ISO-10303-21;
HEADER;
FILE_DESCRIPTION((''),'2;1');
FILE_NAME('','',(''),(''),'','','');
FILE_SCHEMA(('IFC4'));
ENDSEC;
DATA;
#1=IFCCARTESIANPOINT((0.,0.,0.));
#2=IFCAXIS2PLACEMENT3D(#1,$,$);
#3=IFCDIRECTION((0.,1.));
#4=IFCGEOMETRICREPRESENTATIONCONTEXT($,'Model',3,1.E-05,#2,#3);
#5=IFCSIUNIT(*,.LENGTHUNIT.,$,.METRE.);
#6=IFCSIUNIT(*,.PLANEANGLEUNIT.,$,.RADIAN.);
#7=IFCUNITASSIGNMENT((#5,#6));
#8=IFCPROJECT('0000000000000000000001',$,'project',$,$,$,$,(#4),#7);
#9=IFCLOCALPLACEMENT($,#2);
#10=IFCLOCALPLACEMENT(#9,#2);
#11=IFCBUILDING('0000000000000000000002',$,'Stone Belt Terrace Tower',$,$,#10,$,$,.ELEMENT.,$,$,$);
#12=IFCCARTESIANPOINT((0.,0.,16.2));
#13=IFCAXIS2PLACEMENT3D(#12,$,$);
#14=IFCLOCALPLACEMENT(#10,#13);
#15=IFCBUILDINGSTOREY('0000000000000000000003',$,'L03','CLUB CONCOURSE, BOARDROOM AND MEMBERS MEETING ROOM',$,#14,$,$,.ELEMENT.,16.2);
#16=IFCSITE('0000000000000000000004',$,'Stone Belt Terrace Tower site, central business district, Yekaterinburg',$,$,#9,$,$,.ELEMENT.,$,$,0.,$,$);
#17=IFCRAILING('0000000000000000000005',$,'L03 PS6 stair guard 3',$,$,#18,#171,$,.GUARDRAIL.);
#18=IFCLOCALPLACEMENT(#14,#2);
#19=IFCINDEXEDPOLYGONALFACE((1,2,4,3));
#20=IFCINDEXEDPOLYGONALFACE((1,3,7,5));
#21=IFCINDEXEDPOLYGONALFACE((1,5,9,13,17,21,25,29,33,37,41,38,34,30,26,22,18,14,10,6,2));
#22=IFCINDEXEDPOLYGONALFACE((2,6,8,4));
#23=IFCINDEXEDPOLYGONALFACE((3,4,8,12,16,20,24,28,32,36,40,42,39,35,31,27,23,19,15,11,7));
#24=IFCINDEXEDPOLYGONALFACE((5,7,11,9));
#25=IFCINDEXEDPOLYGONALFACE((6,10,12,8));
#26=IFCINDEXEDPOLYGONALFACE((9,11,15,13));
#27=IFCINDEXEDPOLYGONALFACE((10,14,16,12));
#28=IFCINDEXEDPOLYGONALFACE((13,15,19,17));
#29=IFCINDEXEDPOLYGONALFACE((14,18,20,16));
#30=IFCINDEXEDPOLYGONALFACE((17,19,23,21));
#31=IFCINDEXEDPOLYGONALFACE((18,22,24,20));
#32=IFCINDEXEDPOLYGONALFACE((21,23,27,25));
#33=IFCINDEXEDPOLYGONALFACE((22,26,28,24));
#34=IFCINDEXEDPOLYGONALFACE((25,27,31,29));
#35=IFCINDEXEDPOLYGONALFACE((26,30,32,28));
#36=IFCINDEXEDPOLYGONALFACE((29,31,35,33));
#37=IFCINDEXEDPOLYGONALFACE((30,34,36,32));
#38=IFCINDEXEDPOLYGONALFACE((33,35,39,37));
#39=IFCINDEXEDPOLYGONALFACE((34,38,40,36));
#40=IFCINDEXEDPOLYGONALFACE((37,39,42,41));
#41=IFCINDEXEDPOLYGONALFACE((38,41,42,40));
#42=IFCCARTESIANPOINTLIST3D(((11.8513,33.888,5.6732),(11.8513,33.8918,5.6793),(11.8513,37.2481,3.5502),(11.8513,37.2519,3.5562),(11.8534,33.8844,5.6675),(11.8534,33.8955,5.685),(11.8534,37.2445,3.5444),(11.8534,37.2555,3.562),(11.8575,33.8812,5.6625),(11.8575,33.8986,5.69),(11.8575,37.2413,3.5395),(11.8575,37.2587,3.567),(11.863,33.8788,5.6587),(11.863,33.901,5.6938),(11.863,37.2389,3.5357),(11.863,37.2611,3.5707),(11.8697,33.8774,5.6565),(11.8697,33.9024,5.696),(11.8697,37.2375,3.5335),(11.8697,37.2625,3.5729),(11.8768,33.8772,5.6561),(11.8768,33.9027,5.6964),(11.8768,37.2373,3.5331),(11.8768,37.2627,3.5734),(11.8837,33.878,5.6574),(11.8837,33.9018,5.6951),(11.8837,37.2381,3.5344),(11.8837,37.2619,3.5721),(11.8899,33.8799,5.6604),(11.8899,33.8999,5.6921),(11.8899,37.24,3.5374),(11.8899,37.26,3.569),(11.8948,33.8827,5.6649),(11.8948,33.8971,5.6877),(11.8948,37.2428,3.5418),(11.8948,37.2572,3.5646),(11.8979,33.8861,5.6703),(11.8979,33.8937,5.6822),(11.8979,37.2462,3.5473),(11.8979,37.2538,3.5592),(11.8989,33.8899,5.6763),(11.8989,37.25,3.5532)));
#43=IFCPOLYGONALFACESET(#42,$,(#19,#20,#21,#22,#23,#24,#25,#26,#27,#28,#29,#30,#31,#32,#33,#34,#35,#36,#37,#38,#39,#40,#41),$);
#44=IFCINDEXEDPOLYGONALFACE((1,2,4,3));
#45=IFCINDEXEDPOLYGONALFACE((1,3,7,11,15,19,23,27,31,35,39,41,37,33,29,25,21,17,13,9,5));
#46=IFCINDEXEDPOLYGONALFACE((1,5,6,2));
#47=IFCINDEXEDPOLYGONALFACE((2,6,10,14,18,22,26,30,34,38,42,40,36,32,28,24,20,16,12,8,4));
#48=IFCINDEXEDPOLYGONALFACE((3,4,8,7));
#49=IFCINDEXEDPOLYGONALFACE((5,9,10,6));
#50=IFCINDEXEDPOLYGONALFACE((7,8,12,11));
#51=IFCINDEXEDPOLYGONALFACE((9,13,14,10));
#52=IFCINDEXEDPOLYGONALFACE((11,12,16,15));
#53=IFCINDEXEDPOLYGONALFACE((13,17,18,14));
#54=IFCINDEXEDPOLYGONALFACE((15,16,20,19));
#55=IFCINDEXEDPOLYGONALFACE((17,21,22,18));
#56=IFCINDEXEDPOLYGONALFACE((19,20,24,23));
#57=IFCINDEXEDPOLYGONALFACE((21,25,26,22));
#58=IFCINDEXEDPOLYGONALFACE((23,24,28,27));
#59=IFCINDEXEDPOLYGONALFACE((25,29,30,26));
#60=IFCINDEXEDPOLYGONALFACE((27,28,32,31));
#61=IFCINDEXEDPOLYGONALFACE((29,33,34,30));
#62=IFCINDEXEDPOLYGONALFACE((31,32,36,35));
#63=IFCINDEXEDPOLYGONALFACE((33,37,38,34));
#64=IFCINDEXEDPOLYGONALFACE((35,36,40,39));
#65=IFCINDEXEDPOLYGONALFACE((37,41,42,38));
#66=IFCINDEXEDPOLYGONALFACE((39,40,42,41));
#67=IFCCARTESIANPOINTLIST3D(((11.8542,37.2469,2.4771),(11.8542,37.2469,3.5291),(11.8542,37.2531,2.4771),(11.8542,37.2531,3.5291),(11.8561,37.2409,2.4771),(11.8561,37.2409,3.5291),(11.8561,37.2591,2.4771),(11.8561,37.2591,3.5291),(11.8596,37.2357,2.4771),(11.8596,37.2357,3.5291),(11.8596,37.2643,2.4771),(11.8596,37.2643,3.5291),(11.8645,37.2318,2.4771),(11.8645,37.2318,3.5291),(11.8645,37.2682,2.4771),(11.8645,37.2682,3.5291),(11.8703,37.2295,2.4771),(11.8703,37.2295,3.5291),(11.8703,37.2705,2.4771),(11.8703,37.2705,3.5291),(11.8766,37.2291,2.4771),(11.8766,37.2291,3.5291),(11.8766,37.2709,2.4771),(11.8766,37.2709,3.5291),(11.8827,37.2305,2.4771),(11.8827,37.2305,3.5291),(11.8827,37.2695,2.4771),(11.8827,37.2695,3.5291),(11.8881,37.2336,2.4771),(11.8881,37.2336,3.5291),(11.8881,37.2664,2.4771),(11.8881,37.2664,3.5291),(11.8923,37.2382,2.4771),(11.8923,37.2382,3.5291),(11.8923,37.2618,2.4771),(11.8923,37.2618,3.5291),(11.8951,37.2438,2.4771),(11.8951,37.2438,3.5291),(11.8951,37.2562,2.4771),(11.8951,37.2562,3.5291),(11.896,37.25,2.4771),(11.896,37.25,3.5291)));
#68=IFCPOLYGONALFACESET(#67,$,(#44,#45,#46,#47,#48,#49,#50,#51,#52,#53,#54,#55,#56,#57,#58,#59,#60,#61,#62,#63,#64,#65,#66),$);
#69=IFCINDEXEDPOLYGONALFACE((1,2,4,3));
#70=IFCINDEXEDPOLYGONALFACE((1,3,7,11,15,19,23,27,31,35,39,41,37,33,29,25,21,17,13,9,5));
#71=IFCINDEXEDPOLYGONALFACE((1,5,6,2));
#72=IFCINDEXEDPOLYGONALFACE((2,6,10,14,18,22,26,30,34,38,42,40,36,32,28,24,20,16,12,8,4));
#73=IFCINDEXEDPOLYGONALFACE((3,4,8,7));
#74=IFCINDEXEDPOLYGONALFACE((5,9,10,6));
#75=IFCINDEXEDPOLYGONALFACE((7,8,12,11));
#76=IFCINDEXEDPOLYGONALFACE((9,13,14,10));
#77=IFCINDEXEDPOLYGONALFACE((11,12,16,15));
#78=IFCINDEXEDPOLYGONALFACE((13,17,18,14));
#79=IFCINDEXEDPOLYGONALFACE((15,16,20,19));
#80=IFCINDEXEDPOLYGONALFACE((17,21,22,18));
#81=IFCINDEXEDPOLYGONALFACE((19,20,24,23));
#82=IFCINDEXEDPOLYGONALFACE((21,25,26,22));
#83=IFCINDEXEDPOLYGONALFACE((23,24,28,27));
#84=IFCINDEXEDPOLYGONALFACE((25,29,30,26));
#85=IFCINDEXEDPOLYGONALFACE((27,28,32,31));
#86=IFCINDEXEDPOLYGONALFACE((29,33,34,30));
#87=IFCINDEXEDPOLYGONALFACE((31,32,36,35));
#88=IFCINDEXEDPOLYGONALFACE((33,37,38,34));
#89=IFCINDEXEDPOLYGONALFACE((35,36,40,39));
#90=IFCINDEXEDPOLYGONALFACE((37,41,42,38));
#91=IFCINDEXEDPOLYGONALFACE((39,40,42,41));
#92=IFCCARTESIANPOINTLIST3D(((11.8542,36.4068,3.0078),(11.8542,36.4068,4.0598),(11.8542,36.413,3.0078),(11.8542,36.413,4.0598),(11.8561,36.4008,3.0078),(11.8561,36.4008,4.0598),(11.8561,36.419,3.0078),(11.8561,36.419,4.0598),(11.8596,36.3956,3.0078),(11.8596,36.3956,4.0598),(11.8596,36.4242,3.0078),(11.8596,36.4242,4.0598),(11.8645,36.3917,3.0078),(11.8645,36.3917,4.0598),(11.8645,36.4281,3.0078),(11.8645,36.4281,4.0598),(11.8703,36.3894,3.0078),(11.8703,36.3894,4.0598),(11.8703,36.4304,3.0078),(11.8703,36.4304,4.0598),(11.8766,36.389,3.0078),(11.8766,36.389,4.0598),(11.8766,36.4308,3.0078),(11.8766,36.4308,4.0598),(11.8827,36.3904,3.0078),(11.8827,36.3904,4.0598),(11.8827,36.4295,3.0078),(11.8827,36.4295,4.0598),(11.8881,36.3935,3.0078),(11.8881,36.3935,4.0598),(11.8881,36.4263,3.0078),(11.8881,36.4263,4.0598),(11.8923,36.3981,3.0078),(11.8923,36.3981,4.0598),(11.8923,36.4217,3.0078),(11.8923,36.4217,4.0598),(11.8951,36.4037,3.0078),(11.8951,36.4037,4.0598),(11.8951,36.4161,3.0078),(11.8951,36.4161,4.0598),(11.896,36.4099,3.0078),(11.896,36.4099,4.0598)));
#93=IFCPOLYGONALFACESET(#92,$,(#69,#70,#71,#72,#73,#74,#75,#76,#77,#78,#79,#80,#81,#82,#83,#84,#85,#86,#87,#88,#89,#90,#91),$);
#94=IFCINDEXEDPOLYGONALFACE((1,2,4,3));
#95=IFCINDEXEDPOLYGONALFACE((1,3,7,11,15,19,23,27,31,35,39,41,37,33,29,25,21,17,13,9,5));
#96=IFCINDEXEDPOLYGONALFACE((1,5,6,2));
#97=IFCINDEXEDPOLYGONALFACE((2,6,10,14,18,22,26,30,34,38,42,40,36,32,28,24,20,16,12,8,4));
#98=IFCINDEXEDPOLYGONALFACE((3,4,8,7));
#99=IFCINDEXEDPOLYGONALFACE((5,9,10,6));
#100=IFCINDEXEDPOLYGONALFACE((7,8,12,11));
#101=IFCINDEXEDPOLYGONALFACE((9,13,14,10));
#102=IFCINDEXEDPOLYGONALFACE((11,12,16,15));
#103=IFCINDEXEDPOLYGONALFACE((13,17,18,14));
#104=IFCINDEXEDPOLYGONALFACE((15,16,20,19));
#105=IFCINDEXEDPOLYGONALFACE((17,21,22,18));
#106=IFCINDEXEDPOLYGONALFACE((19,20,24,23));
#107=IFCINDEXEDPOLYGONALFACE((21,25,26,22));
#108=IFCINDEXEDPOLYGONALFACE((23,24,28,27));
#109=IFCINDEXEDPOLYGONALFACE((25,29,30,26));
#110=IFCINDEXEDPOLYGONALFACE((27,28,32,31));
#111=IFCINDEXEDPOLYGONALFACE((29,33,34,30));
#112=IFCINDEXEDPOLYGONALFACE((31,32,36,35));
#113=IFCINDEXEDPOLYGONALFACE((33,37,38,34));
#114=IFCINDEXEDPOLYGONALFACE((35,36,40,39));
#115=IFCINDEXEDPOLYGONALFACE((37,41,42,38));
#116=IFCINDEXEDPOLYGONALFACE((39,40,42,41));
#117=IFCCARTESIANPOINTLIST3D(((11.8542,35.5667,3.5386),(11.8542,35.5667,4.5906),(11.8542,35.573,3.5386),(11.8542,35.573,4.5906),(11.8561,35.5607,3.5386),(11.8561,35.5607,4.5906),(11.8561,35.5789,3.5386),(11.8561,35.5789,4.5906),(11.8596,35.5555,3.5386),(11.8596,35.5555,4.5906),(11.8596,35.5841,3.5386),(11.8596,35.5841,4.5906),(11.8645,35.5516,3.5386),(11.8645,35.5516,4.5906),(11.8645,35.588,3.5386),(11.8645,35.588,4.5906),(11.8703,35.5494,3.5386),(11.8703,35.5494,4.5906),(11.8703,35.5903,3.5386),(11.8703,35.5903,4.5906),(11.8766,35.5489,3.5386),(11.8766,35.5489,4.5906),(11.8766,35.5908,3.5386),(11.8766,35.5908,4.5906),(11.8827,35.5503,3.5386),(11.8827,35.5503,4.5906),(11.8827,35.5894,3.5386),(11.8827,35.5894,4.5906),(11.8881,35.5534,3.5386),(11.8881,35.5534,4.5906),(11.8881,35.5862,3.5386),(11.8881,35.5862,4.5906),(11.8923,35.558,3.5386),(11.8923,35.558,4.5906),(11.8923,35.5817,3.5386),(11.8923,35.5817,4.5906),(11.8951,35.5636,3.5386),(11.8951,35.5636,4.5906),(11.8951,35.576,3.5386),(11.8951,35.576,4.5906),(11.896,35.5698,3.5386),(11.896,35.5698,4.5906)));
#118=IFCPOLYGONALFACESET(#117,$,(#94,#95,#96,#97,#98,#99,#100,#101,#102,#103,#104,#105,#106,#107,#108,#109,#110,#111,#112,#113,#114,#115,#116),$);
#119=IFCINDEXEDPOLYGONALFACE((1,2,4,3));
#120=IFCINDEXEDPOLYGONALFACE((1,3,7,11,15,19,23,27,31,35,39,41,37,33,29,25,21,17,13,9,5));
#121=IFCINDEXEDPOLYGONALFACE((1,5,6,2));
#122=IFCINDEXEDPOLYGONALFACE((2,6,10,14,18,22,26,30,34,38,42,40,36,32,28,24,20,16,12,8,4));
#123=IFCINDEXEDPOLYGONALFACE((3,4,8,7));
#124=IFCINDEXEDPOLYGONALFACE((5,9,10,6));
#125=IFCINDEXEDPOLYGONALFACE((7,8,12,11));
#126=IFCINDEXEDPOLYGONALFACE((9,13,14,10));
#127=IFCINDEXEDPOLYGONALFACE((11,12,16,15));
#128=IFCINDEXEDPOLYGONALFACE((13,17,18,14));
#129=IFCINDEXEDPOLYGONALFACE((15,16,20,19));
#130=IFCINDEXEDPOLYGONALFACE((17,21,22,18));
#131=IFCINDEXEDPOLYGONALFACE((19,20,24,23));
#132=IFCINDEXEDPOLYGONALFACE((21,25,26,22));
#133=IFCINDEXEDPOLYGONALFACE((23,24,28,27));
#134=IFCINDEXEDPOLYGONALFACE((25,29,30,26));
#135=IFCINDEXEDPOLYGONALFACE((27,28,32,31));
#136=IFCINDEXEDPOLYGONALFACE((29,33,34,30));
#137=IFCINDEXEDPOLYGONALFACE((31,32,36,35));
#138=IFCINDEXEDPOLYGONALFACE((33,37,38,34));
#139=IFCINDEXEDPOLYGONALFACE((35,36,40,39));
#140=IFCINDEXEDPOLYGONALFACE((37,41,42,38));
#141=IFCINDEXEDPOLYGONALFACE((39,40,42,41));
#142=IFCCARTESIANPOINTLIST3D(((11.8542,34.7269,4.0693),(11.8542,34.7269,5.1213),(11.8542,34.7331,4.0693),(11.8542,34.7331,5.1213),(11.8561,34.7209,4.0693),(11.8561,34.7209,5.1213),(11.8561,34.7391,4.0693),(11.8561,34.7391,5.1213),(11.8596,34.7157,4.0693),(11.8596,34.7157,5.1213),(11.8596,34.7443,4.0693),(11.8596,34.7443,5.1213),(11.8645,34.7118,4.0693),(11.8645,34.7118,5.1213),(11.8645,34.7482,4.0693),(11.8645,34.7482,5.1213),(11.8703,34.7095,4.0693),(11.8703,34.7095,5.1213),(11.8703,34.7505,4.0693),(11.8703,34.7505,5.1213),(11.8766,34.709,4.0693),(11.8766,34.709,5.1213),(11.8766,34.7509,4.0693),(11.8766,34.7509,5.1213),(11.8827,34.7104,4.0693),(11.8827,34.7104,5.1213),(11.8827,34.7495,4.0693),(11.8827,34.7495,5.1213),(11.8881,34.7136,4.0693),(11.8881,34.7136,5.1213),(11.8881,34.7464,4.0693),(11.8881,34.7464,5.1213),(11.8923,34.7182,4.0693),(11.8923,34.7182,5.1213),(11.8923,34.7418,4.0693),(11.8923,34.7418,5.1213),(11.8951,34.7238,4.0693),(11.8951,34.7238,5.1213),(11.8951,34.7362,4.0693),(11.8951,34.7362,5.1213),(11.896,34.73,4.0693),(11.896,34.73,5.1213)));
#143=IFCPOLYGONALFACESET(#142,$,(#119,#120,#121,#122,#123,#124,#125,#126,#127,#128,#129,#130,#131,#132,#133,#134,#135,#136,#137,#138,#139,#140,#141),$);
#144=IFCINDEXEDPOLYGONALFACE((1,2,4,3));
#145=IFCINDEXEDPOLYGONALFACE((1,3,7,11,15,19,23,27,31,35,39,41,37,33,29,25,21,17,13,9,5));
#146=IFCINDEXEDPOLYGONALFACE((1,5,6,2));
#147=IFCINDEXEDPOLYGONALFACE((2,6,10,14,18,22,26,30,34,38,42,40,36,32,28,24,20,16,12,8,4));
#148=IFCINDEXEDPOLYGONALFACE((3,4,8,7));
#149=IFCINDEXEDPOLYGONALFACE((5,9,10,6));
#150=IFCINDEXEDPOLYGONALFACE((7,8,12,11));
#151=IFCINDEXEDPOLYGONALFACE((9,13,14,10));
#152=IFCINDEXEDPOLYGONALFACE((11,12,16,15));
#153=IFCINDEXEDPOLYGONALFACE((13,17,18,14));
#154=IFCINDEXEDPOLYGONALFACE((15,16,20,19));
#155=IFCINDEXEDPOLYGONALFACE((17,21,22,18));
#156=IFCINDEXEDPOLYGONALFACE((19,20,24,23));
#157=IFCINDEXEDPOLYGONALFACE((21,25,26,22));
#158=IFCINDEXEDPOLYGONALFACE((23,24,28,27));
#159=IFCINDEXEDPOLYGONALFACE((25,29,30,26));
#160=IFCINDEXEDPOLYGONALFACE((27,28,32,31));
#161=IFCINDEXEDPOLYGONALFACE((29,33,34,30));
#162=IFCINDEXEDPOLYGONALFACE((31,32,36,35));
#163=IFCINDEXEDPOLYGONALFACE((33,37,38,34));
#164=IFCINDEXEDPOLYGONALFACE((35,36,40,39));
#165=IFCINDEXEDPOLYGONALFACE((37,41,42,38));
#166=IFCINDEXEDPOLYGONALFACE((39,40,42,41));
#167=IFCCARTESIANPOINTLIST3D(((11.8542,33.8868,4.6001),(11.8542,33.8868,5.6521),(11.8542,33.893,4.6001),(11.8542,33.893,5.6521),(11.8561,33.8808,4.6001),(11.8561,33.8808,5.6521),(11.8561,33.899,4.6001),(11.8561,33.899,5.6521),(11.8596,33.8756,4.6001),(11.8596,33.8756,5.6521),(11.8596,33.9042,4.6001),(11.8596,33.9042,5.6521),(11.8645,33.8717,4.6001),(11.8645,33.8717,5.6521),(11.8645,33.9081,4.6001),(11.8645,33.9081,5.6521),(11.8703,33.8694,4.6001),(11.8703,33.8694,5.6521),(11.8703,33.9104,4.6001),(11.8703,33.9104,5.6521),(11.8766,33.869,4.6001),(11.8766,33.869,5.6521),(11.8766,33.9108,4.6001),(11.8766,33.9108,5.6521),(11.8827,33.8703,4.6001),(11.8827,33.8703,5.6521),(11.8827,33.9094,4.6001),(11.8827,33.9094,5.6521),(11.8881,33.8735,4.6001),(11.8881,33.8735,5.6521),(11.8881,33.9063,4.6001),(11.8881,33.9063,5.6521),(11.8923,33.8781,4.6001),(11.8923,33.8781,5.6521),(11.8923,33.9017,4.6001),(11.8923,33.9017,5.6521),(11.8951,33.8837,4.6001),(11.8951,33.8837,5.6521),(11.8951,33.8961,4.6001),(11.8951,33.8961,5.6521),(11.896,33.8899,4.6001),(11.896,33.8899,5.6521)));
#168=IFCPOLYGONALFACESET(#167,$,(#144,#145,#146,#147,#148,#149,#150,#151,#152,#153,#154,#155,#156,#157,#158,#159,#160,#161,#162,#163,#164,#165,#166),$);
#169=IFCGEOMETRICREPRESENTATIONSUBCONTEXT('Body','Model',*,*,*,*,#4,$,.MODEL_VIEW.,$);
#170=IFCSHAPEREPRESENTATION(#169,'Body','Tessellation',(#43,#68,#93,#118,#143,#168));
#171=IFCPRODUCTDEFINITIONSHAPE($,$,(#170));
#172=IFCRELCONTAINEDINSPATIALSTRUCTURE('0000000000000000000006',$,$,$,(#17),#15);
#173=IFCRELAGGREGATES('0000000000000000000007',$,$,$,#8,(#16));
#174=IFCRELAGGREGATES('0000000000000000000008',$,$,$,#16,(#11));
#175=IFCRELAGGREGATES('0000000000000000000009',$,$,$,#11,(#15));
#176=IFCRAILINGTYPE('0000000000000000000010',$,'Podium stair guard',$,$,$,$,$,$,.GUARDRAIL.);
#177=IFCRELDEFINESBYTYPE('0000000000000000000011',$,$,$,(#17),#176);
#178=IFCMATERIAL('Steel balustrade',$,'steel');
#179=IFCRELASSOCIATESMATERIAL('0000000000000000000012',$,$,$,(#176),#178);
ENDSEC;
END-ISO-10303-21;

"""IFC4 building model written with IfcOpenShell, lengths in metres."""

from ifc_helpers import new_model, si_unit, direction, frame, origin, origin_2d, place, context, subcontext, project, spatial, circle, extrude, material, type_object, element, save


model = new_model("IFC4")

# Units and contexts
model_context = context("Model", 3, precision=1e-05, world=origin(), true_north=direction((0.0, 1.0)))
body_context = subcontext(model_context, "Body", "Model", "MODEL_VIEW")
ifc_project = project(units=[si_unit("LENGTHUNIT", "METRE"), si_unit("PLANEANGLEUNIT", "RADIAN")], contexts=[model_context])

# Site, building, storey
site_placement = place(None, origin())
site = spatial("IfcSite", under=ifc_project, at=site_placement, Name="Stone Belt Terrace Tower site, central business district, Yekaterinburg", CompositionType="ELEMENT", RefElevation=0.0)
building_placement = place(site_placement, origin())
building = spatial("IfcBuilding", under=site, at=building_placement, Name="Stone Belt Terrace Tower", CompositionType="ELEMENT")
storey_placement = place(building_placement, frame((0.0, 0.0, 16.2)))
storey = spatial("IfcBuildingStorey", under=building, at=storey_placement, Name="L03", Description="CLUB CONCOURSE, BOARDROOM AND MEMBERS MEETING ROOM", CompositionType="ELEMENT", Elevation=16.2)

# Railing
ifc_material_1 = material(Name="Steel balustrade", Category="steel")
railing_type_1 = type_object("IfcRailingType", Name="Podium stair guard", PredefinedType="GUARDRAIL", material=ifc_material_1)
railing_1_placement = place(storey_placement, frame((11.875, 37.25, 2.4771)))
element("IfcRailing", 1, at=railing_1_placement, inside=storey, type_object=railing_type_1, Name="L03 PS6 stair guard 3", PredefinedType="GUARDRAIL", context=body_context, shape_type="SweptSolid", body=[
    extrude(circle(Radius=0.0239, at=origin_2d()), frame((0.0, 0.0, 1.0762), z_axis=(0.0, -0.84539, 0.53415), x_axis=(1.0, 0.0, 0.0)), (0.0, 0.0, 1.0), 3.9746),
    extrude(circle(Radius=0.021, at=origin_2d()), origin(), (0.0, 0.0, 1.0), 1.052),
    extrude(circle(Radius=0.021, at=origin_2d()), frame((0.0, -0.8401, 0.5308)), (0.0, 0.0, 1.0), 1.052),
    extrude(circle(Radius=0.021, at=origin_2d()), frame((0.0, -1.6802, 1.0615)), (0.0, 0.0, 1.0), 1.052),
    extrude(circle(Radius=0.021, at=origin_2d()), frame((0.0, -2.52, 1.5923)), (0.0, 0.0, 1.0), 1.052),
    extrude(circle(Radius=0.021, at=origin_2d()), frame((0.0, -3.3601, 2.123)), (0.0, 0.0, 1.0), 1.052),
])

save(model, "model.ifc")
